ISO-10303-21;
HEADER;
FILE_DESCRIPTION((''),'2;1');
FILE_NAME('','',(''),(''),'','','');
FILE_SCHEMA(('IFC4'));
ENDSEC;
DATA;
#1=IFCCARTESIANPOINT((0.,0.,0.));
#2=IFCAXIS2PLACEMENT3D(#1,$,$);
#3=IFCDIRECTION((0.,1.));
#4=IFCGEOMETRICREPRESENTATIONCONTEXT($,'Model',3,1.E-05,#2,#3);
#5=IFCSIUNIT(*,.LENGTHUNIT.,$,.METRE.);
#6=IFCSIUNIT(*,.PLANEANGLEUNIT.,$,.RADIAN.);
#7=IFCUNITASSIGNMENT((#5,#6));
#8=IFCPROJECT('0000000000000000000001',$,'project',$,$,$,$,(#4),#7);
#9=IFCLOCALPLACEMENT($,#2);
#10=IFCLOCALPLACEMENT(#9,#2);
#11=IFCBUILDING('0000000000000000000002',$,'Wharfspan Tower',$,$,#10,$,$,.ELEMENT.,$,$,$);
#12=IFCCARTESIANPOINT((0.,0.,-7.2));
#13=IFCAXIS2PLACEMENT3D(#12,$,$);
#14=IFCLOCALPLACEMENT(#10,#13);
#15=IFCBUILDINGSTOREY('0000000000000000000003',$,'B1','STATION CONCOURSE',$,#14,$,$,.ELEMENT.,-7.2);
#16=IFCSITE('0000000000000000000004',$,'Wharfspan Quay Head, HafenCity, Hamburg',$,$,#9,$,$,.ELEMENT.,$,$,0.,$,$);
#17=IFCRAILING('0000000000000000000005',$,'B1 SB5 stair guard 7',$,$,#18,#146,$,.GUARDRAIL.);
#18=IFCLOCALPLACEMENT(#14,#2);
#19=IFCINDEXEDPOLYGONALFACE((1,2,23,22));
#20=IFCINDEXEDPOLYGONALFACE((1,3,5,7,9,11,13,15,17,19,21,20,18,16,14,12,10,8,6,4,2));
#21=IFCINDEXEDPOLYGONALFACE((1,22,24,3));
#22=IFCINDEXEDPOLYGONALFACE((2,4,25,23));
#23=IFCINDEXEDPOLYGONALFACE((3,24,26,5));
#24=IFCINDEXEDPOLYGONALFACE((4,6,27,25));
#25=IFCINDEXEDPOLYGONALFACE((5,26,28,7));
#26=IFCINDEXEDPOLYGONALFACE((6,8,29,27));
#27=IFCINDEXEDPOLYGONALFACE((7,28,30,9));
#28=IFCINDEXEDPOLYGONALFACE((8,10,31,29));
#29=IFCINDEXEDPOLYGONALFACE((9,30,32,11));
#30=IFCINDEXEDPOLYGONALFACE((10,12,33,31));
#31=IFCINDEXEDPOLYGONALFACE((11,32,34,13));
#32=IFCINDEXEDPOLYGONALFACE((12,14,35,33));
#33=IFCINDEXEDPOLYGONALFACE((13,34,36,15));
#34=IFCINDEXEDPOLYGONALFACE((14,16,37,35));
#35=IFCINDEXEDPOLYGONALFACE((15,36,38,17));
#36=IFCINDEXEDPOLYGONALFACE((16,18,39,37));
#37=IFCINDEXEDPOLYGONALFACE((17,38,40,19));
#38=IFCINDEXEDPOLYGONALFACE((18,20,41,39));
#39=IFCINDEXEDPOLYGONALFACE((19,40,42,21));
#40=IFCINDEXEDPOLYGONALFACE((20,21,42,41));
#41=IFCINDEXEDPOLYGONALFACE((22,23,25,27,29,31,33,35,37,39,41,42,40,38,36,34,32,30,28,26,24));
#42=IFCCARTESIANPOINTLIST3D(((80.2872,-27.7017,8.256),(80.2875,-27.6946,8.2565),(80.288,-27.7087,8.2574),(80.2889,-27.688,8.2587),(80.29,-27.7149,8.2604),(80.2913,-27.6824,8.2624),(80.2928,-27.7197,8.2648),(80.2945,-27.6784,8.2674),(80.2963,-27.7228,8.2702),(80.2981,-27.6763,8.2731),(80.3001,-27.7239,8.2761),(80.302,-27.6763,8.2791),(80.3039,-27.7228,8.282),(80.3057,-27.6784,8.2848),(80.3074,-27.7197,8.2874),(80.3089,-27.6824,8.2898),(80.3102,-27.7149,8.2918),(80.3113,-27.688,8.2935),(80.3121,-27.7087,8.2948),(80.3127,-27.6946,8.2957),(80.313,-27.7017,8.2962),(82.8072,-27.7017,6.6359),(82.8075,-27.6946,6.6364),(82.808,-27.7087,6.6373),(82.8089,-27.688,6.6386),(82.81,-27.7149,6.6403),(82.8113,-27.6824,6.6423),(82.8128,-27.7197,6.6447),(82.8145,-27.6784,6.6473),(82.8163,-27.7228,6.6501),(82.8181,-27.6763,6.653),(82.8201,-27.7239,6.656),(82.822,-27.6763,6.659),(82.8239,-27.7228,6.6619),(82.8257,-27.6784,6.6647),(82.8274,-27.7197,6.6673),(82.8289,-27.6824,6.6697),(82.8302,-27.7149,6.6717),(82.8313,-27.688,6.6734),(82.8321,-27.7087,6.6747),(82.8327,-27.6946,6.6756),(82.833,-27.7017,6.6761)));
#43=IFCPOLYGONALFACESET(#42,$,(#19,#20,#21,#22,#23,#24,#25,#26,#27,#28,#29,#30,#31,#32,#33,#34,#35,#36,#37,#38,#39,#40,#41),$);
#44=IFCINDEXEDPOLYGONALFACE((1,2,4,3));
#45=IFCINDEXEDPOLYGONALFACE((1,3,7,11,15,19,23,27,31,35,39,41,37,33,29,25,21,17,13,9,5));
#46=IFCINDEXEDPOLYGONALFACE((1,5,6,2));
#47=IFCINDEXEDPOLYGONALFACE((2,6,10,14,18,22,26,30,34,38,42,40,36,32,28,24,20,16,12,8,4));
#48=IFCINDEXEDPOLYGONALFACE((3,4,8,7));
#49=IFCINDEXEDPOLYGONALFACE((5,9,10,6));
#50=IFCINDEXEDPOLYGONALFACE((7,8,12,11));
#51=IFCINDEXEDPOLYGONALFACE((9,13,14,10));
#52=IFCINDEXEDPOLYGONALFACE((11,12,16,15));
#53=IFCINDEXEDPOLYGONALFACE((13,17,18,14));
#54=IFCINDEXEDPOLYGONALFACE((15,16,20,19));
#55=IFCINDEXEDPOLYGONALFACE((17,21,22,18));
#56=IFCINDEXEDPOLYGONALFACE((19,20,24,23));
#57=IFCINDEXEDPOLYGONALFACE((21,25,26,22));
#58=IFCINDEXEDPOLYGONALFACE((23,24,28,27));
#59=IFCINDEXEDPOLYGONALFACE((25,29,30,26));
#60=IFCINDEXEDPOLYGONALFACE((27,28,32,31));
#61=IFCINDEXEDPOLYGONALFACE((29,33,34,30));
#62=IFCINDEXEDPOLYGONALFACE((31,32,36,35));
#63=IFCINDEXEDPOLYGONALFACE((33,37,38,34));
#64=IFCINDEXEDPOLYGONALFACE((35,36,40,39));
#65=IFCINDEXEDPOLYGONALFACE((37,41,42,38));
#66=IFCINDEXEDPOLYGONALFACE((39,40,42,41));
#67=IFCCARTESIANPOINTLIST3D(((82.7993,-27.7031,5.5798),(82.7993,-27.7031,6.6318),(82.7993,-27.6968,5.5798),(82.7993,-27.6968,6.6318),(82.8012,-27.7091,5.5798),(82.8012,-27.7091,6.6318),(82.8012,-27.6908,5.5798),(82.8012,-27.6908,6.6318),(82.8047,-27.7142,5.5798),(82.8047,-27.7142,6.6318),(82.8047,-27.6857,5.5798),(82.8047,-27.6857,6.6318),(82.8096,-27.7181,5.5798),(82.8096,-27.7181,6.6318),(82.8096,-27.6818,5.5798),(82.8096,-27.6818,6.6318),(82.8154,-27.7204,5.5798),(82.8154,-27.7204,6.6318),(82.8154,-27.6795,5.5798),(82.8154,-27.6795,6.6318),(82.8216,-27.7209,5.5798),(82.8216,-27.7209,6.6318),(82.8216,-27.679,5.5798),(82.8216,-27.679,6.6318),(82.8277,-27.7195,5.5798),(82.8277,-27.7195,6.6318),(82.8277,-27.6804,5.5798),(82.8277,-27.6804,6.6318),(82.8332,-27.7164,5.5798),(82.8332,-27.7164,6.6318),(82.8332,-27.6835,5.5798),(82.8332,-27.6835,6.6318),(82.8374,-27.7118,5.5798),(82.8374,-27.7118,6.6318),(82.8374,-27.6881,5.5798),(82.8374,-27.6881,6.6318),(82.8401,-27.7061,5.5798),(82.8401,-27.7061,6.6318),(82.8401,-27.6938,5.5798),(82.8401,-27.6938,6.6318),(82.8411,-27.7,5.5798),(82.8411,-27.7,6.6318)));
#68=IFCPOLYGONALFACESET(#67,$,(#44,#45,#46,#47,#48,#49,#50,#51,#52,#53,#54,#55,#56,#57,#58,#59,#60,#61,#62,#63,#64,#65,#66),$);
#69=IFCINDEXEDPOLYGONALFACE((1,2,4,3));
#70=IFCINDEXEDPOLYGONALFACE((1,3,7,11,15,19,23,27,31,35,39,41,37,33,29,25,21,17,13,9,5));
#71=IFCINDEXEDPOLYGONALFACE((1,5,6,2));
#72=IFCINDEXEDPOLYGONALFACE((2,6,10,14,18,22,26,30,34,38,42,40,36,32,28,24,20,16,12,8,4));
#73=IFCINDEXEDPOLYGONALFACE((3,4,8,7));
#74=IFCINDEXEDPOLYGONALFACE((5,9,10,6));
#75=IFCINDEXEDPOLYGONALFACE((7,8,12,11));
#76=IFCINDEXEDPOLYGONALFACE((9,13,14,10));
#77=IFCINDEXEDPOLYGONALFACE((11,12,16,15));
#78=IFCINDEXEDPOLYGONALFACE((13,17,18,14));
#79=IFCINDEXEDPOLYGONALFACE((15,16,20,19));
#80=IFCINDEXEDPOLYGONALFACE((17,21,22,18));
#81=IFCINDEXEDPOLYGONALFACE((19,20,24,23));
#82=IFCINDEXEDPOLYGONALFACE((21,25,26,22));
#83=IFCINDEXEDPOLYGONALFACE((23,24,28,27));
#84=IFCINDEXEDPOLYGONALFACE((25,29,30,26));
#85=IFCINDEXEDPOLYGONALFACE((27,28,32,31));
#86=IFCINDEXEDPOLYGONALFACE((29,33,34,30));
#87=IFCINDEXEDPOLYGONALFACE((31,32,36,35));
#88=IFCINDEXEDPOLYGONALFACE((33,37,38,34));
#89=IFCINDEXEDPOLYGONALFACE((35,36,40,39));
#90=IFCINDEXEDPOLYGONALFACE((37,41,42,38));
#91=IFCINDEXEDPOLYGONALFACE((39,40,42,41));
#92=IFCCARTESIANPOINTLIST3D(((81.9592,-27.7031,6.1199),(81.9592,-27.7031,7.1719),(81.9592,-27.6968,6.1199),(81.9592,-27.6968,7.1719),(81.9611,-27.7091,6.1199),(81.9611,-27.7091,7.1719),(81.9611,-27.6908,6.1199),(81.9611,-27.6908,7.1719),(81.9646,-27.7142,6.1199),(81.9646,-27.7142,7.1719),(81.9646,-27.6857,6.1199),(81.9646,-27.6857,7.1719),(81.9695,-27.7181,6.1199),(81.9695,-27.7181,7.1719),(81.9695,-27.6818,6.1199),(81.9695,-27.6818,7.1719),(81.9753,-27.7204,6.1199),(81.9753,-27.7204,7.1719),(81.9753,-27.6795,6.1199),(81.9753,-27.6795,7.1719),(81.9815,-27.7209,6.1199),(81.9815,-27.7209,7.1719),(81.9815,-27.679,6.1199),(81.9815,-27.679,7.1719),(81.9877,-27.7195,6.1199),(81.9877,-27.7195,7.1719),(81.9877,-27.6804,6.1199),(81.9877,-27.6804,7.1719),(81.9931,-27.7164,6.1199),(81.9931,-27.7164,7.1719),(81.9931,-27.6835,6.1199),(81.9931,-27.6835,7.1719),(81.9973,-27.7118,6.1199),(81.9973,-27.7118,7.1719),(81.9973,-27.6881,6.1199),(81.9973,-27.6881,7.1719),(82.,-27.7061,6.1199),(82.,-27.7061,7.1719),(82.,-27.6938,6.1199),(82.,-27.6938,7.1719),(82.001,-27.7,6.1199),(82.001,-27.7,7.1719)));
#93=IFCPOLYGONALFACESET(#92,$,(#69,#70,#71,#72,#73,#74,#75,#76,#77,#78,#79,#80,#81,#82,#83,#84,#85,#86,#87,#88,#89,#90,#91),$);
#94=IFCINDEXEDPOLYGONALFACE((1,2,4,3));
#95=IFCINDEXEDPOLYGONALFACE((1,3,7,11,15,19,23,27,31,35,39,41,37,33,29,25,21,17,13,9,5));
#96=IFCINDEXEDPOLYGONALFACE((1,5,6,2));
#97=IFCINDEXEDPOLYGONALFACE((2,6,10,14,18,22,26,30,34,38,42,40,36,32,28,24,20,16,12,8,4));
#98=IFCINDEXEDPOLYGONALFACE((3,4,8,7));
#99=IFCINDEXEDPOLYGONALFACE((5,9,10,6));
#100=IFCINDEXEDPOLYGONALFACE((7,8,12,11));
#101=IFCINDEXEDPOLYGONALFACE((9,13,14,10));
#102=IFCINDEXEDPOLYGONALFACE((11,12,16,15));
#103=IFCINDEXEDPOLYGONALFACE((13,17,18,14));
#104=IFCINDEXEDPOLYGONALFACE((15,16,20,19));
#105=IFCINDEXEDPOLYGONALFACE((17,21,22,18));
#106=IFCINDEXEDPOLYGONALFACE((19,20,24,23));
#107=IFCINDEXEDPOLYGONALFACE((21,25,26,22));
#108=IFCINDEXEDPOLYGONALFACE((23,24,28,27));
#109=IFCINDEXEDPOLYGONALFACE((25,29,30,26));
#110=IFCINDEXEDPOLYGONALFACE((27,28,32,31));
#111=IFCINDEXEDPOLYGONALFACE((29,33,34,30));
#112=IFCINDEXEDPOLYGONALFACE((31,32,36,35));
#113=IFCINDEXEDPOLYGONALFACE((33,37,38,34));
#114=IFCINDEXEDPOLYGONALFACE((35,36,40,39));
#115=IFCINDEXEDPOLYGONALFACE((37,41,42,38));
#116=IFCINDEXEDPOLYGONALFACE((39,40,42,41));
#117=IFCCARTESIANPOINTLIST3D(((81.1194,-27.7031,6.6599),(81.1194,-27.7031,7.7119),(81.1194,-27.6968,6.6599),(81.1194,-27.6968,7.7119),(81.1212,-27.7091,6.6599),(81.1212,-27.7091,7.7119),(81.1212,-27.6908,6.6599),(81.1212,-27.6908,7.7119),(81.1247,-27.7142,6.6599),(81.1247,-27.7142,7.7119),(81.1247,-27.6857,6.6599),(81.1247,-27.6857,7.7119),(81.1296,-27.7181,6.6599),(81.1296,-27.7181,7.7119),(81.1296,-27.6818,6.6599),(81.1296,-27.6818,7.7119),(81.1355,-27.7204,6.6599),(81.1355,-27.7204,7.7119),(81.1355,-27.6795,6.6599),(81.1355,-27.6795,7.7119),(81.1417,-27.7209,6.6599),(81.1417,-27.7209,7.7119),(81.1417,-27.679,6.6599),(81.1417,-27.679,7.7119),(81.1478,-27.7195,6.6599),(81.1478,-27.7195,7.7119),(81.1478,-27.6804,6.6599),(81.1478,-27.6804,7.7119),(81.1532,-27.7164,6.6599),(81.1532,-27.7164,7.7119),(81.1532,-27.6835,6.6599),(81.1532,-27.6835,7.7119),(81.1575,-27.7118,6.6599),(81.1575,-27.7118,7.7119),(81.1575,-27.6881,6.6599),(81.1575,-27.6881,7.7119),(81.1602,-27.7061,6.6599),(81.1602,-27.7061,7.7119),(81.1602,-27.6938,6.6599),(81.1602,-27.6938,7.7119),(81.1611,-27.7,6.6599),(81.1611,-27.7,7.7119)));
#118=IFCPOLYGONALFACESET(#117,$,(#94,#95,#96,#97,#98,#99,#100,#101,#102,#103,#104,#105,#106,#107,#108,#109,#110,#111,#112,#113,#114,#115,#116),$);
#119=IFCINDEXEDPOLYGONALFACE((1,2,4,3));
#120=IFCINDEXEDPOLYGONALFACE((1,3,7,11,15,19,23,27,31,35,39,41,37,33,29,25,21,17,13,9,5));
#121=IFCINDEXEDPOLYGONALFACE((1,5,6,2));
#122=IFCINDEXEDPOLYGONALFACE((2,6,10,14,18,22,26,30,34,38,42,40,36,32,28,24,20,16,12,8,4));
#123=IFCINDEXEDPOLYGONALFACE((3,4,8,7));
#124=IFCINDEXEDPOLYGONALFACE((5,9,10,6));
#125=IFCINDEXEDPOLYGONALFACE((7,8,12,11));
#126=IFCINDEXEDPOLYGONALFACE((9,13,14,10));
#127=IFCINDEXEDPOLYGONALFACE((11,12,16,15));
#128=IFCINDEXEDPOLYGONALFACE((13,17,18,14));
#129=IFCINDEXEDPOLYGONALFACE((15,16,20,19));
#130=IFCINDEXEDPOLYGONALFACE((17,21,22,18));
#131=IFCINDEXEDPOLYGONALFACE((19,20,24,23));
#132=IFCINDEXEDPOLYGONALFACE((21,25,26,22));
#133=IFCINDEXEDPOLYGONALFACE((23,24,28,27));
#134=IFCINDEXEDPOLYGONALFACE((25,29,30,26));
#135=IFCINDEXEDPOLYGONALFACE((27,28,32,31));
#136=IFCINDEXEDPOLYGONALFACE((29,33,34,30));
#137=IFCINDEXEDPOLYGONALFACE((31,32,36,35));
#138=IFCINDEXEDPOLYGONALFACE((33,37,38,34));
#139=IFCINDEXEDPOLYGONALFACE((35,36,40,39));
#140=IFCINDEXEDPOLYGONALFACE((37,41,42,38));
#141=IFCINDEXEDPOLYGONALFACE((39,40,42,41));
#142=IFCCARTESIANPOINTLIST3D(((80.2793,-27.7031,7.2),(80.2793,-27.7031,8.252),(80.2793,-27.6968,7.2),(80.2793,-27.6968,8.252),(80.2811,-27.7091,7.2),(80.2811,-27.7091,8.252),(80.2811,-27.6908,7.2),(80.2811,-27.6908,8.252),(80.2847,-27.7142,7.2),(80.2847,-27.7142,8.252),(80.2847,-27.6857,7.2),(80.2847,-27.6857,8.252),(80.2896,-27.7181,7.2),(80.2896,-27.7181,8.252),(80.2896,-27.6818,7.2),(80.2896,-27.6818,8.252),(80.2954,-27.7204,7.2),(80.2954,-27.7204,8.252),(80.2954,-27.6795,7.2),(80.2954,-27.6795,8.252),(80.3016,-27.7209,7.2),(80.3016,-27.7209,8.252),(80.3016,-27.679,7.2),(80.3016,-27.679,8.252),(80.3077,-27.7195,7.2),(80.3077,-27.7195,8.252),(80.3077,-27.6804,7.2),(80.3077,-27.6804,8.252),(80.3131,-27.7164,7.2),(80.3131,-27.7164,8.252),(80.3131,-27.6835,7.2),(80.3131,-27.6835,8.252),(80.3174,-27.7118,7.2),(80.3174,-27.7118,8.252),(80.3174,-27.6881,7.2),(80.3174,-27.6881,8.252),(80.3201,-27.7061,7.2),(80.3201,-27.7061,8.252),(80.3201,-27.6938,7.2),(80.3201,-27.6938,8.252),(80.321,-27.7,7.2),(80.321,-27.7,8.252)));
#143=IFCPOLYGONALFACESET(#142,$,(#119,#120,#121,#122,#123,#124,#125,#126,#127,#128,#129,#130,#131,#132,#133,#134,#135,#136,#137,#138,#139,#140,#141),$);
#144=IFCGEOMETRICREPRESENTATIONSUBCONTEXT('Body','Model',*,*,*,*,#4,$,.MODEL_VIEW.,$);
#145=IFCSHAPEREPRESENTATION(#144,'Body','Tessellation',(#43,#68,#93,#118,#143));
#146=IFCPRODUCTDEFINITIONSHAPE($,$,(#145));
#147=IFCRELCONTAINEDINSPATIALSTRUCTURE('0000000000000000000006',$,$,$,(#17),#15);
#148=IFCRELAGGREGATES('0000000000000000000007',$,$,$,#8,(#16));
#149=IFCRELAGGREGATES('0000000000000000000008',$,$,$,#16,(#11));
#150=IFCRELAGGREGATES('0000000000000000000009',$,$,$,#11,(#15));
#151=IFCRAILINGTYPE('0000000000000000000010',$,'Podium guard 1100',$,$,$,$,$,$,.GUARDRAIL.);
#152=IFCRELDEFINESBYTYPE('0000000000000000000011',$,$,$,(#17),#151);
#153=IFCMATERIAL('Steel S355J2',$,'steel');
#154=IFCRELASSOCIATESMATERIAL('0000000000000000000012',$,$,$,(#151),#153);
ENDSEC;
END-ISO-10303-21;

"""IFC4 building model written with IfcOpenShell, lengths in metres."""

from ifc_helpers import new_model, si_unit, direction, frame, origin, origin_2d, place, context, subcontext, project, spatial, circle, extrude, material, type_object, element, save


model = new_model("IFC4")

# Units and contexts
model_context = context("Model", 3, precision=1e-05, world=origin(), true_north=direction((0.0, 1.0)))
body_context = subcontext(model_context, "Body", "Model", "MODEL_VIEW")
ifc_project = project(units=[si_unit("LENGTHUNIT", "METRE"), si_unit("PLANEANGLEUNIT", "RADIAN")], contexts=[model_context])

# Site, building, storey
site_placement = place(None, origin())
site = spatial("IfcSite", under=ifc_project, at=site_placement, Name="Wharfspan Quay Head, HafenCity, Hamburg", CompositionType="ELEMENT", RefElevation=0.0)
building_placement = place(site_placement, origin())
building = spatial("IfcBuilding", under=site, at=building_placement, Name="Wharfspan Tower", CompositionType="ELEMENT")
storey_placement = place(building_placement, frame((0.0, 0.0, -7.2)))
storey = spatial("IfcBuildingStorey", under=building, at=storey_placement, Name="B1", Description="STATION CONCOURSE", CompositionType="ELEMENT", Elevation=-7.2)

# Railing
ifc_material_1 = material(Name="Steel S355J2", Category="steel")
railing_type_1 = type_object("IfcRailingType", Name="Podium guard 1100", PredefinedType="GUARDRAIL", material=ifc_material_1)
railing_1_placement = place(storey_placement, frame((82.8201, -27.7, 5.5798)))
element("IfcRailing", 1, at=railing_1_placement, inside=storey, type_object=railing_type_1, Name="B1 SB5 stair guard 7", PredefinedType="GUARDRAIL", context=body_context, shape_type="SweptSolid", body=[
    extrude(circle(Radius=0.0239, at=origin_2d()), frame((0.0, 0.0, 1.0762), z_axis=(-0.841163, 0.0, 0.540782), x_axis=(0.0, -1.0, 0.0)), (0.0, 0.0, 1.0), 2.9958),
    extrude(circle(Radius=0.021, at=origin_2d()), origin(), (0.0, 0.0, 1.0), 1.052),
    extrude(circle(Radius=0.021, at=origin_2d()), frame((-0.8401, 0.0, 0.54)), (0.0, 0.0, 1.0), 1.052),
    extrude(circle(Radius=0.021, at=origin_2d()), frame((-1.6799, 0.0, 1.0801)), (0.0, 0.0, 1.0), 1.052),
    extrude(circle(Radius=0.021, at=origin_2d()), frame((-2.52, 0.0, 1.6201)), (0.0, 0.0, 1.0), 1.052),
])

save(model, "model.ifc")
